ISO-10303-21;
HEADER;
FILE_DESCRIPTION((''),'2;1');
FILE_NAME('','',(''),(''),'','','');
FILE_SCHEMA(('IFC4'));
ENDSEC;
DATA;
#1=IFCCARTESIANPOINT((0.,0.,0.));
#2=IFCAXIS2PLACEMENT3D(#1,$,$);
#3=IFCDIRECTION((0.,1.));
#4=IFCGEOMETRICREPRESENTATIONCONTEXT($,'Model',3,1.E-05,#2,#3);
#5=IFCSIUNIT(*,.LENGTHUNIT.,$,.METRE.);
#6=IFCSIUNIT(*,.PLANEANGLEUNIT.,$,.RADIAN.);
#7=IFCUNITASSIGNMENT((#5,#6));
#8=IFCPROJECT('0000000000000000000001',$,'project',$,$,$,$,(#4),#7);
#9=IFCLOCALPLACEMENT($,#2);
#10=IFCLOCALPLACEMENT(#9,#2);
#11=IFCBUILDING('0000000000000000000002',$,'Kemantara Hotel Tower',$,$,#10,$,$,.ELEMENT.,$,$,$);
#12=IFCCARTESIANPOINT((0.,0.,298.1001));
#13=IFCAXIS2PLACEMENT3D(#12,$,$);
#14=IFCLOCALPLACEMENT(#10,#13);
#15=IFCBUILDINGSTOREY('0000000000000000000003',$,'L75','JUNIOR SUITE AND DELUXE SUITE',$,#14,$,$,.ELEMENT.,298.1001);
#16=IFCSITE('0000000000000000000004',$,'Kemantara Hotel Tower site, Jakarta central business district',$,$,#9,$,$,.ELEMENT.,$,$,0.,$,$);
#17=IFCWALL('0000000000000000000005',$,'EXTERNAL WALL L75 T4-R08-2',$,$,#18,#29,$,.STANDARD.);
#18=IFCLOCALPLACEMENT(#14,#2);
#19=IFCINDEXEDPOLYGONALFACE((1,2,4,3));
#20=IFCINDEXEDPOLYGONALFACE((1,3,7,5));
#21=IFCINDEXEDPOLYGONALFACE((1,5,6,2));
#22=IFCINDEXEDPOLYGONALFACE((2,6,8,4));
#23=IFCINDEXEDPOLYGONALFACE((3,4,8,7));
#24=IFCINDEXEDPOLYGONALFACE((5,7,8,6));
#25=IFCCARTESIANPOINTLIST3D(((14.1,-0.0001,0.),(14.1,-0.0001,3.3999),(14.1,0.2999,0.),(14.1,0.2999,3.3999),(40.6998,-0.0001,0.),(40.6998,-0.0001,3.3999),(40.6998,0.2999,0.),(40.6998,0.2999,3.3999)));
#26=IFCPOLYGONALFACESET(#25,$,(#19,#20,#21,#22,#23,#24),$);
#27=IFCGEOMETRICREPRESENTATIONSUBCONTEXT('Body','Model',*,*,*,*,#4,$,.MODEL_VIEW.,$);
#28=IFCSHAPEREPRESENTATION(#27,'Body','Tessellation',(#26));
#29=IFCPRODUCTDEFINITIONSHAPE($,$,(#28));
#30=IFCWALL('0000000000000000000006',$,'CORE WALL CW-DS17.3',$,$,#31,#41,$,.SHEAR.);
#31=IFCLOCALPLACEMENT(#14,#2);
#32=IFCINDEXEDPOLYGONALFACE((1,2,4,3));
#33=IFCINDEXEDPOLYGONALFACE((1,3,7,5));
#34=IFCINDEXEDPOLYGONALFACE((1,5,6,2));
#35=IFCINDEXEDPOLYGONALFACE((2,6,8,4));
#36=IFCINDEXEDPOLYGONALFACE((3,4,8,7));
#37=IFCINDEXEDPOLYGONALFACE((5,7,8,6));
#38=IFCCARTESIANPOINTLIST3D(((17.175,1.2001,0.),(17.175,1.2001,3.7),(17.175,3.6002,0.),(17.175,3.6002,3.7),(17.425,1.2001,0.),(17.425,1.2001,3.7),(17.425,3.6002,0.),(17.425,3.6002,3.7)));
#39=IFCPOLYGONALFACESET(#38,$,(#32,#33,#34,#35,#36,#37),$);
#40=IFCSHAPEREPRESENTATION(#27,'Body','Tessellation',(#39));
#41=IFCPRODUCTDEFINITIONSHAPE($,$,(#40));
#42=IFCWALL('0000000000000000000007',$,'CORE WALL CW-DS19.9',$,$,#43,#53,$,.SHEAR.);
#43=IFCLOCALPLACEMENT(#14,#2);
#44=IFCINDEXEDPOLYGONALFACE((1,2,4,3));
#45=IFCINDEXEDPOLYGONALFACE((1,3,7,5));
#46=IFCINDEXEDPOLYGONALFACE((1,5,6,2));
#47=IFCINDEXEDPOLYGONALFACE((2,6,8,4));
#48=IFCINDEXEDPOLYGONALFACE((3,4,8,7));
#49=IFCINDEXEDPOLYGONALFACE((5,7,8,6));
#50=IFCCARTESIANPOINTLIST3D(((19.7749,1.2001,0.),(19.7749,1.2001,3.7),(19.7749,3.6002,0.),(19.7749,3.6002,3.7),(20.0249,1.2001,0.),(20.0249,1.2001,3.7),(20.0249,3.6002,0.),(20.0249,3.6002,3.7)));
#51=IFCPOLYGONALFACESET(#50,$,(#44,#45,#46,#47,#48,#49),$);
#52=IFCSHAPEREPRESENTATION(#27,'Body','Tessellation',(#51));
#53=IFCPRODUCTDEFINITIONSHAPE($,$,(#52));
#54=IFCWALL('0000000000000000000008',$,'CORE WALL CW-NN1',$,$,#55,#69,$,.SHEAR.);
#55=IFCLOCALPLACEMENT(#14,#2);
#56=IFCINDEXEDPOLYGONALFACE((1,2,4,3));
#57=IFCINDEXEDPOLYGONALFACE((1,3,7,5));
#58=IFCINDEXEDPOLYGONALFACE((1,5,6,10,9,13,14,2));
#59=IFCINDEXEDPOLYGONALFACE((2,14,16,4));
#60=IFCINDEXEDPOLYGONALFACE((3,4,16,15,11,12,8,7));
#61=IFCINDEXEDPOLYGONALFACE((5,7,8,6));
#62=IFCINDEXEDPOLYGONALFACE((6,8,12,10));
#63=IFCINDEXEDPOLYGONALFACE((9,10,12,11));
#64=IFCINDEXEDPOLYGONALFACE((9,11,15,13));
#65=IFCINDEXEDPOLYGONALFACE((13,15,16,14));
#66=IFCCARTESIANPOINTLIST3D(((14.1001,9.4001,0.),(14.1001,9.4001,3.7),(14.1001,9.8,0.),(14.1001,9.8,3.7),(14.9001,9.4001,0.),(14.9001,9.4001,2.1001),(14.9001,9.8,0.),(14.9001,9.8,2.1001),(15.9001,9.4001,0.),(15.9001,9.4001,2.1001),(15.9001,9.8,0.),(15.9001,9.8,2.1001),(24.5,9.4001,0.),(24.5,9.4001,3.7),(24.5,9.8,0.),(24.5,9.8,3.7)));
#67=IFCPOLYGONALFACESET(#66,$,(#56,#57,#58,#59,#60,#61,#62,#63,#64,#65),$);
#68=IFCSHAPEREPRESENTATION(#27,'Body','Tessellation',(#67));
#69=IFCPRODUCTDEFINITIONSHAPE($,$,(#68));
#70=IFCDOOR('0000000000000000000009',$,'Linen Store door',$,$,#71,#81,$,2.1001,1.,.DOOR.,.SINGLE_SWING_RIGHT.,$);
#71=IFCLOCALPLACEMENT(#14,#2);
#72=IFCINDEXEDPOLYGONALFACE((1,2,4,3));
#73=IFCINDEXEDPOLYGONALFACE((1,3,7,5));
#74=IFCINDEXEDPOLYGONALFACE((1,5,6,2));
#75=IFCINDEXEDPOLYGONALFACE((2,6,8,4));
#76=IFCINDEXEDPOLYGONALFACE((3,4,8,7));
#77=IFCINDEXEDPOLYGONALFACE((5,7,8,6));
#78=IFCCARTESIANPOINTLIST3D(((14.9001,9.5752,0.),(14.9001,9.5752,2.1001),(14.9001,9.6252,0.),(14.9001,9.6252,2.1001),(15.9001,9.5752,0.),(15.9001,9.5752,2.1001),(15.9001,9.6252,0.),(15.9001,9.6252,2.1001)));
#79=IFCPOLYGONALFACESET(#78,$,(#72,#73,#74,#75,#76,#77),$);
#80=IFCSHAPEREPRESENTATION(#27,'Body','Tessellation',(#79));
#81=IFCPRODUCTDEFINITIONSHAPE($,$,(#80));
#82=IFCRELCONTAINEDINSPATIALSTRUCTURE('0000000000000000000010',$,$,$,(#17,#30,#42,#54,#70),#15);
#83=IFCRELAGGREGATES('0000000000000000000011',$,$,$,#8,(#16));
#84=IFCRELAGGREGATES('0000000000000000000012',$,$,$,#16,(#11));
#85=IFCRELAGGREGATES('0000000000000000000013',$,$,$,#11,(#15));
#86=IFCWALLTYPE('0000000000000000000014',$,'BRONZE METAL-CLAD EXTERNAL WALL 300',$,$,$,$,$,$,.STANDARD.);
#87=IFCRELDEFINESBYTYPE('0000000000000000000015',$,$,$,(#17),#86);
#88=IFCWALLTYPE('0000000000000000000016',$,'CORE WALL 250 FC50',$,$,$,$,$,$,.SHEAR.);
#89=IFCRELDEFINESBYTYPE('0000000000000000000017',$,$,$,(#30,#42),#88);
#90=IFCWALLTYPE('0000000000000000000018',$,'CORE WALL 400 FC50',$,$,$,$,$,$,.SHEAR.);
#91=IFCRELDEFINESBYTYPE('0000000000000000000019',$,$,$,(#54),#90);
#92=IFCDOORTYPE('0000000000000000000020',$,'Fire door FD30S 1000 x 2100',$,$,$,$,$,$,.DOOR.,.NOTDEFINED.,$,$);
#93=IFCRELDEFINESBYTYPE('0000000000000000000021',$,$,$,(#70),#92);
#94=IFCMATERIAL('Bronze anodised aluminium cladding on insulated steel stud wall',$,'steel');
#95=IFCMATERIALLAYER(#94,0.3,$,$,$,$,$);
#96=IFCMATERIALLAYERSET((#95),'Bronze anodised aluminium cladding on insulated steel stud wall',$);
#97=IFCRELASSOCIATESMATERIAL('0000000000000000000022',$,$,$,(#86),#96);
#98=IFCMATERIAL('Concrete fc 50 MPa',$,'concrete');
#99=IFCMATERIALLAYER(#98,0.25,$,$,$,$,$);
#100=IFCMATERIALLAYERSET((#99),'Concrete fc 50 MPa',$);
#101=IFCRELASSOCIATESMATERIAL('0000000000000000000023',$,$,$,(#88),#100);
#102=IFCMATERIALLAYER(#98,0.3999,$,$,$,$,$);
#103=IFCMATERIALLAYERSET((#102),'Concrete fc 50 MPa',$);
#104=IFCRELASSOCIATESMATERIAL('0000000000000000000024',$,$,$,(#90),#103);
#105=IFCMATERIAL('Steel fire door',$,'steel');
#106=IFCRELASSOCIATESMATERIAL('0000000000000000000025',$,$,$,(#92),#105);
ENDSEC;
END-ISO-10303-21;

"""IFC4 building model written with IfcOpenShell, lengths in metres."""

from ifc_helpers import new_model, si_unit, direction, frame, frame_2d, origin, place, context, subcontext, project, spatial, rectangle, extrude, material, layer, layer_set, type_object, element, fill, save


model = new_model("IFC4")

# Units and contexts
model_context = context("Model", 3, precision=1e-05, world=origin(), true_north=direction((0.0, 1.0)))
body_context = subcontext(model_context, "Body", "Model", "MODEL_VIEW")
ifc_project = project(units=[si_unit("LENGTHUNIT", "METRE"), si_unit("PLANEANGLEUNIT", "RADIAN")], contexts=[model_context])

# Site, building, storey
site_placement = place(None, origin())
site = spatial("IfcSite", under=ifc_project, at=site_placement, Name="Kemantara Hotel Tower site, Jakarta central business district", CompositionType="ELEMENT", RefElevation=0.0)
building_placement = place(site_placement, origin())
building = spatial("IfcBuilding", under=site, at=building_placement, Name="Kemantara Hotel Tower", CompositionType="ELEMENT")
storey_placement = place(building_placement, frame((0.0, 0.0, 298.1001)))
storey = spatial("IfcBuildingStorey", under=building, at=storey_placement, Name="L75", Description="JUNIOR SUITE AND DELUXE SUITE", CompositionType="ELEMENT", Elevation=298.1001)

# Walls
ifc_material_1 = material(Name="Bronze anodised aluminium cladding on insulated steel stud wall", Category="steel")
ifc_layer_1 = layer(ifc_material_1, 0.3)
ifc_layer_set_1 = layer_set([ifc_layer_1], Name="Bronze anodised aluminium cladding on insulated steel stud wall")
wall_type_1 = type_object("IfcWallType", Name="BRONZE METAL-CLAD EXTERNAL WALL 300", PredefinedType="STANDARD", material=ifc_layer_set_1)
wall_1_placement = place(storey_placement, frame((14.1001, 0.1499, 0.0), z_axis=(0.0, 0.0, 1.0), x_axis=(1.0, 0.0, 0.0)))
element("IfcWall", 1, at=wall_1_placement, inside=storey, type_object=wall_type_1, Name="EXTERNAL WALL L75 T4-R08-2", PredefinedType="STANDARD", context=body_context, shape_type="SweptSolid", body=[
    extrude(rectangle(XDim=26.5999, YDim=0.3, at=frame_2d((13.2998, 0.0))), origin(), (0.0, 0.0, 1.0), 3.3999),
])
ifc_material_2 = material(Name="Concrete fc 50 MPa", Category="concrete")
ifc_layer_2 = layer(ifc_material_2, 0.25)
ifc_layer_set_2 = layer_set([ifc_layer_2], Name="Concrete fc 50 MPa")
wall_type_2 = type_object("IfcWallType", Name="CORE WALL 250 FC50", PredefinedType="SHEAR", material=ifc_layer_set_2)
for number, where, z_axis, x_axis, name in (
    (2, (17.3, 1.2, 0.0), (0.0, 0.0, 1.0), (0.0, 1.0, 0.0), "CORE WALL CW-DS17.3"),
    (3, (19.8999, 1.2, 0.0), (0.0, 0.0, 1.0), (0.0, 1.0, 0.0), "CORE WALL CW-DS19.9"),
):
    element("IfcWall", number, at=place(storey_placement, frame(where, z_axis=z_axis, x_axis=x_axis)), inside=storey, type_object=wall_type_2, Name=name, PredefinedType="SHEAR", context=body_context, shape_type="SweptSolid", body=[
        extrude(rectangle(XDim=2.4001, YDim=0.25, at=frame_2d((1.2002, 0.0))), origin(), (0.0, 0.0, 1.0), 3.7),
    ])

# Wall, opening, door
ifc_layer_3 = layer(ifc_material_2, 0.3999)
ifc_layer_set_3 = layer_set([ifc_layer_3], Name="Concrete fc 50 MPa")
wall_type_3 = type_object("IfcWallType", Name="CORE WALL 400 FC50", PredefinedType="SHEAR", material=ifc_layer_set_3)
wall_2_placement = place(storey_placement, frame((14.1001, 9.6001, 0.0), z_axis=(0.0, 0.0, 1.0), x_axis=(1.0, 0.0, 0.0)))
wall_2 = element("IfcWall", 4, at=wall_2_placement, inside=storey, type_object=wall_type_3, Name="CORE WALL CW-NN1", PredefinedType="SHEAR", context=body_context, shape_type="SweptSolid", body=[
    extrude(rectangle(XDim=10.3999, YDim=0.3999, at=frame_2d((5.2, 0.0))), origin(), (0.0, 0.0, 1.0), 3.7),
])
opening_1_placement = place(wall_2_placement, frame((0.8, 0.0, 0.0)))
opening_1 = element("IfcOpeningElement", 5, at=opening_1_placement, cuts=wall_2, PredefinedType="OPENING", context=body_context, shape_type="SweptSolid", body=[
    extrude(rectangle(XDim=1.0, YDim=2.1001, at=frame_2d((0.5, 1.05))), frame((0.0, 0.21, 0.0), z_axis=(0.0, -1.0, 0.0), x_axis=(1.0, 0.0, 0.0)), (0.0, 0.0, 1.0), 0.4199),
])
ifc_material_3 = material(Name="Steel fire door", Category="steel")
door_type_1 = type_object("IfcDoorType", Name="Fire door FD30S 1000 x 2100", OperationType="NOTDEFINED", PredefinedType="DOOR", material=ifc_material_3)
door_1_placement = place(opening_1_placement, frame((1.0, 0.0, 0.0), z_axis=(0.0, 0.0, 1.0), x_axis=(-1.0, 0.0, 0.0)))
door_1 = element("IfcDoor", 6, at=door_1_placement, inside=storey, type_object=door_type_1, Name="Linen Store door", OperationType="SINGLE_SWING_RIGHT", OverallHeight=2.1001, OverallWidth=1.0, PredefinedType="DOOR", context=body_context, shape_type="SweptSolid", body=[
    extrude(rectangle(XDim=1.0, YDim=2.1001, at=frame_2d((0.5, 1.05))), frame((0.0, 0.0249, 0.0), z_axis=(0.0, -1.0, 0.0), x_axis=(1.0, 0.0, 0.0)), (0.0, 0.0, 1.0), 0.05),
])
fill(opening_1, door_1)

save(model, "model.ifc")
